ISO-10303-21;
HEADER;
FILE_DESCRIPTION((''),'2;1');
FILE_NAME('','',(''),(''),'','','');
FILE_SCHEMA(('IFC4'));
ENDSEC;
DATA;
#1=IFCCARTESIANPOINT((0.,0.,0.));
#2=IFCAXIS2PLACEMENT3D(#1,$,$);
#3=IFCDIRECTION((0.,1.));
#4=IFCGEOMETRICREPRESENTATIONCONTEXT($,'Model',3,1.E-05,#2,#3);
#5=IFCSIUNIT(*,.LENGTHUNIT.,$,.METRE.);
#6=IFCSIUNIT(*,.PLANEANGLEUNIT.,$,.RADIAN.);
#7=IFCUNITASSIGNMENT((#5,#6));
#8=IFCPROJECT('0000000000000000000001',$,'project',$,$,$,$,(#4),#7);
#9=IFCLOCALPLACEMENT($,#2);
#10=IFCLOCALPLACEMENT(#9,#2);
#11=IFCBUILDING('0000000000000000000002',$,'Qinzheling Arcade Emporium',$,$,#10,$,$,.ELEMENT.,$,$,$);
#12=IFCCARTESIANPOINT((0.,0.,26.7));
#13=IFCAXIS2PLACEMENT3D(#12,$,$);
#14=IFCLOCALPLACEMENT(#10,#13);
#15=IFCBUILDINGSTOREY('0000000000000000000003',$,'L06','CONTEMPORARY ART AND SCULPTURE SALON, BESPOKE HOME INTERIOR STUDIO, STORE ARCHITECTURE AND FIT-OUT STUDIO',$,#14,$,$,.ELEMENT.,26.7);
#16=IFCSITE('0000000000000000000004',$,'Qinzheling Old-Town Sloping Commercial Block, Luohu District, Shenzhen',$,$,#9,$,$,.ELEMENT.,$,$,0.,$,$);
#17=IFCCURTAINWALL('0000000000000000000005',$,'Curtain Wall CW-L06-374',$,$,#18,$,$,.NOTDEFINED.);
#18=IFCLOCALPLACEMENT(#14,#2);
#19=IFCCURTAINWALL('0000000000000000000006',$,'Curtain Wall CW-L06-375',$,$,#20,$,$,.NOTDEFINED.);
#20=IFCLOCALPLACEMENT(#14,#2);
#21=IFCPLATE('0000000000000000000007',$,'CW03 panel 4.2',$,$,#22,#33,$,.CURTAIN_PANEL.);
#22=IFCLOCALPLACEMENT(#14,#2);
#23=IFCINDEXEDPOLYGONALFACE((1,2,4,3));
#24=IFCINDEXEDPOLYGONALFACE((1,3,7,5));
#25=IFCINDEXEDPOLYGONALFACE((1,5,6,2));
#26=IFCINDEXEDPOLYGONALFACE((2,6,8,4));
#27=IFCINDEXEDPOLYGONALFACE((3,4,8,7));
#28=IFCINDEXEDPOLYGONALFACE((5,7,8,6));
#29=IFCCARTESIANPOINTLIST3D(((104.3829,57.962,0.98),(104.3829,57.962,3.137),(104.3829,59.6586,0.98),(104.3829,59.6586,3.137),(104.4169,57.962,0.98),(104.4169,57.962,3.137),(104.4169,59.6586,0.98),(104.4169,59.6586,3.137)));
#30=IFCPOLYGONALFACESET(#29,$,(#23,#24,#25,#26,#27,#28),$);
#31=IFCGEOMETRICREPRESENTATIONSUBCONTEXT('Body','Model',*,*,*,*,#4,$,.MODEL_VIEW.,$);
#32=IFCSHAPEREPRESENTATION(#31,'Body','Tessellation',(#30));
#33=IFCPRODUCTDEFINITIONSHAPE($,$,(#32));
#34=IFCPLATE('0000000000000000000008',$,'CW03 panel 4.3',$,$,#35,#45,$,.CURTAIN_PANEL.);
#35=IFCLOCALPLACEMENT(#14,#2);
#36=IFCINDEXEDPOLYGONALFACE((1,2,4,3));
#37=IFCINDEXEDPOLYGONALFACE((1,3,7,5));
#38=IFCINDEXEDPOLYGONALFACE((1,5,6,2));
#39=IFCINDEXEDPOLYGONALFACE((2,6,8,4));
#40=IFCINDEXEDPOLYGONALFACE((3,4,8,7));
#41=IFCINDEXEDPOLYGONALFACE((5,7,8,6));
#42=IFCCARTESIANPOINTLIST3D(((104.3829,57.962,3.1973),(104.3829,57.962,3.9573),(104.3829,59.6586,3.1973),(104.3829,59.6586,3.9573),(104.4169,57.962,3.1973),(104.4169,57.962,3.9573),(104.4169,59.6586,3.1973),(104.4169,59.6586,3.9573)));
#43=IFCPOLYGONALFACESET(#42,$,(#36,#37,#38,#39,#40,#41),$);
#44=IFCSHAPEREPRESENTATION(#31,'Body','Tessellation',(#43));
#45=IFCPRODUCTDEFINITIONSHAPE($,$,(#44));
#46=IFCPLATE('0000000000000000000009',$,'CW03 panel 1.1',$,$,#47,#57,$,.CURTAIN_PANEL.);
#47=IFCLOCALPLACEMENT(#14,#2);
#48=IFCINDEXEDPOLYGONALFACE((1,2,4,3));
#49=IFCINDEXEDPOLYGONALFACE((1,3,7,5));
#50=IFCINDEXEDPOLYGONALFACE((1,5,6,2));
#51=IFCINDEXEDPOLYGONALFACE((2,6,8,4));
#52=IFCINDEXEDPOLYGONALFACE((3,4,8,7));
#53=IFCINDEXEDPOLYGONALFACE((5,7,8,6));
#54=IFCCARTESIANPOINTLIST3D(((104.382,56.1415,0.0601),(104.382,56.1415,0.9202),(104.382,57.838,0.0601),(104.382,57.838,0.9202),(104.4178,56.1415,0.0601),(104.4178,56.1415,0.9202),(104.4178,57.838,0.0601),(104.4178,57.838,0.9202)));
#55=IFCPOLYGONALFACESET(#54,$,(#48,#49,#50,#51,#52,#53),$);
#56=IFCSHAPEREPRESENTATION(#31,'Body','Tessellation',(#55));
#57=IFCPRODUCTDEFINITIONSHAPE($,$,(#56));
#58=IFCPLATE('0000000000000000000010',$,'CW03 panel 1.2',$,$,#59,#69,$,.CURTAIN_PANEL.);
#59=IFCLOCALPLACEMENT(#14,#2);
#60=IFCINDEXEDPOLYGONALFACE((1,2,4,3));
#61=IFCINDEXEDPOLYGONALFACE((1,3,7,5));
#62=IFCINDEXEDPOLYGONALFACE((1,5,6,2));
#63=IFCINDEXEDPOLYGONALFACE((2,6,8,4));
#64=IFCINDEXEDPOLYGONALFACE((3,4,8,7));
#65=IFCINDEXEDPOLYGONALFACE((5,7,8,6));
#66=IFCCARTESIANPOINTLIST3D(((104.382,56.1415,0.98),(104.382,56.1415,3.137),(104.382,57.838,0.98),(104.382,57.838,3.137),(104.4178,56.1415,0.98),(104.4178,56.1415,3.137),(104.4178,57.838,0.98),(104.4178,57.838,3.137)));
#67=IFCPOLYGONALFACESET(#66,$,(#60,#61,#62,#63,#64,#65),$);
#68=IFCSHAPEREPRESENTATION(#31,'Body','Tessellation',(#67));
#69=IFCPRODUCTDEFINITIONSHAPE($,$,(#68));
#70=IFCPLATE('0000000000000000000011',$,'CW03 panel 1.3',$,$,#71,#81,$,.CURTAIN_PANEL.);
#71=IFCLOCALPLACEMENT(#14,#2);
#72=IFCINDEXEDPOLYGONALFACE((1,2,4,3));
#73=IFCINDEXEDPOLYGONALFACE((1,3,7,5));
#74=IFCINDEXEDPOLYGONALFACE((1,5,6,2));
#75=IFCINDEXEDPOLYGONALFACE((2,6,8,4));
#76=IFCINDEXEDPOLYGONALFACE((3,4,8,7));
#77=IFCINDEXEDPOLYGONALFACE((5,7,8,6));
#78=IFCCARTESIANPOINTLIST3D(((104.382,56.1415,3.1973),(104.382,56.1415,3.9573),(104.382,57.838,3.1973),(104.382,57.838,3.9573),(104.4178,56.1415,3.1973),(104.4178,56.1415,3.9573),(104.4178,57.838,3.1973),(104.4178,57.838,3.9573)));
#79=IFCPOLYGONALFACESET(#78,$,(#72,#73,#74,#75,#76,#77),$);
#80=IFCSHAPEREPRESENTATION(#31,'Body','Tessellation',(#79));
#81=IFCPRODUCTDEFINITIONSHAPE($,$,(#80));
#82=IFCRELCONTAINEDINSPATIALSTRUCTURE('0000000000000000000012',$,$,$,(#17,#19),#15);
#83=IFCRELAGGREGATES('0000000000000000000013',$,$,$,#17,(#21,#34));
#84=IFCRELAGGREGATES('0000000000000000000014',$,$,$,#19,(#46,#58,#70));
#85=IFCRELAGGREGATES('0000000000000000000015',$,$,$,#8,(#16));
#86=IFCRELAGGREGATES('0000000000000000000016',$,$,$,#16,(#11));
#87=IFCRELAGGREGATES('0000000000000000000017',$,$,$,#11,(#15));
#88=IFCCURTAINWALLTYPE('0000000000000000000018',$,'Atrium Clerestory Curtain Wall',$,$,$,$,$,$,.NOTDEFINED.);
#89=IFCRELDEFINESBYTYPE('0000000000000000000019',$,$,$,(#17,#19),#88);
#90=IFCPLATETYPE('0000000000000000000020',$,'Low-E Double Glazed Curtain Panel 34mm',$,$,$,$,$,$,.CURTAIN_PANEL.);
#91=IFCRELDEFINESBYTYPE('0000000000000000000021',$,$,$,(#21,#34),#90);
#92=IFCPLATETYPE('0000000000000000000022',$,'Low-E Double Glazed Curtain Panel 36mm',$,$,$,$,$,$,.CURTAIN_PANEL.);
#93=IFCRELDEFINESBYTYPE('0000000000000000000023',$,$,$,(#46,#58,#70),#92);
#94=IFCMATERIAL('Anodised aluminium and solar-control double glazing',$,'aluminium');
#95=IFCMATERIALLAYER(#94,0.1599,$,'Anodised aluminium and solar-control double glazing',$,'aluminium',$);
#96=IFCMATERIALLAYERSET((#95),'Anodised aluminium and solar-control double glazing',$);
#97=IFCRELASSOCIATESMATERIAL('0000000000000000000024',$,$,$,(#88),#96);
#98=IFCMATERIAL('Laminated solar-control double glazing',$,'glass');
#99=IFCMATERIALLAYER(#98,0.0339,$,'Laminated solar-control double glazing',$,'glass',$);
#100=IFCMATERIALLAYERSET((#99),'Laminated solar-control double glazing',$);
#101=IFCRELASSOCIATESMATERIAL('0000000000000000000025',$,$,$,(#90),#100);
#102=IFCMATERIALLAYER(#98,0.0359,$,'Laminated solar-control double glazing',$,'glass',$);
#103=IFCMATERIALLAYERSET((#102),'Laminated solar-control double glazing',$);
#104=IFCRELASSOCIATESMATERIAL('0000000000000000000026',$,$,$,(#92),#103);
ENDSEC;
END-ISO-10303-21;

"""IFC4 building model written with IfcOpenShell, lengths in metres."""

from ifc_helpers import new_model, si_unit, direction, frame, origin, origin_2d, place, context, subcontext, project, spatial, rectangle, extrude, material, layer, layer_set, type_object, element, aggregate, save


model = new_model("IFC4")

# Units and contexts
model_context = context("Model", 3, precision=1e-05, world=origin(), true_north=direction((0.0, 1.0)))
body_context = subcontext(model_context, "Body", "Model", "MODEL_VIEW")
ifc_project = project(units=[si_unit("LENGTHUNIT", "METRE"), si_unit("PLANEANGLEUNIT", "RADIAN")], contexts=[model_context])

# Site, building, storey
site_placement = place(None, origin())
site = spatial("IfcSite", under=ifc_project, at=site_placement, Name="Qinzheling Old-Town Sloping Commercial Block, Luohu District, Shenzhen", CompositionType="ELEMENT", RefElevation=0.0)
building_placement = place(site_placement, origin())
building = spatial("IfcBuilding", under=site, at=building_placement, Name="Qinzheling Arcade Emporium", CompositionType="ELEMENT")
storey_placement = place(building_placement, frame((0.0, 0.0, 26.7)))
storey = spatial("IfcBuildingStorey", under=building, at=storey_placement, Name="L06", Description="CONTEMPORARY ART AND SCULPTURE SALON, BESPOKE HOME INTERIOR STUDIO, STORE ARCHITECTURE AND FIT-OUT STUDIO", CompositionType="ELEMENT", Elevation=26.7)

# Curtain walls
ifc_material_1 = material(Name="Anodised aluminium and solar-control double glazing", Category="aluminium")
ifc_layer_1 = layer(ifc_material_1, 0.1599, Name="Anodised aluminium and solar-control double glazing", Category="aluminium")
ifc_layer_set_1 = layer_set([ifc_layer_1], Name="Anodised aluminium and solar-control double glazing")
curtain_wall_type = type_object("IfcCurtainWallType", Name="Atrium Clerestory Curtain Wall", PredefinedType="NOTDEFINED", material=ifc_layer_set_1)
curtain_wall_1_placement = place(storey_placement, origin())
curtain_wall_1 = element("IfcCurtainWall", 1, at=curtain_wall_1_placement, inside=storey, type_object=curtain_wall_type, Name="Curtain Wall CW-L06-374", PredefinedType="NOTDEFINED")
curtain_wall_2_placement = place(storey_placement, origin())
curtain_wall_2 = element("IfcCurtainWall", 2, at=curtain_wall_2_placement, inside=storey, type_object=curtain_wall_type, Name="Curtain Wall CW-L06-375", PredefinedType="NOTDEFINED")

# Plates
ifc_material_2 = material(Name="Laminated solar-control double glazing", Category="glass")
ifc_layer_2 = layer(ifc_material_2, 0.0339, Name="Laminated solar-control double glazing", Category="glass")
ifc_layer_set_2 = layer_set([ifc_layer_2], Name="Laminated solar-control double glazing")
plate_type_1 = type_object("IfcPlateType", Name="Low-E Double Glazed Curtain Panel 34mm", PredefinedType="CURTAIN_PANEL", material=ifc_layer_set_2)
plate_1_placement = place(storey_placement, frame((104.3999, 58.8103, 0.98), z_axis=(0.0, 0.0, 1.0), x_axis=(0.0, -1.0, 0.0)))
plate_1 = element("IfcPlate", 3, at=plate_1_placement, type_object=plate_type_1, Name="CW03 panel 4.2", PredefinedType="CURTAIN_PANEL", context=body_context, shape_type="SweptSolid", body=[
    extrude(rectangle(XDim=1.6965, YDim=0.0339, at=origin_2d()), origin(), (0.0, 0.0, 1.0), 2.157),
])
plate_2_placement = place(storey_placement, frame((104.3999, 58.8103, 3.1973), z_axis=(0.0, 0.0, 1.0), x_axis=(0.0, -1.0, 0.0)))
plate_2 = element("IfcPlate", 4, at=plate_2_placement, type_object=plate_type_1, Name="CW03 panel 4.3", PredefinedType="CURTAIN_PANEL", context=body_context, shape_type="SweptSolid", body=[
    extrude(rectangle(XDim=1.6965, YDim=0.0339, at=origin_2d()), origin(), (0.0, 0.0, 1.0), 0.76),
])
aggregate(curtain_wall_1, [plate_1, plate_2])
ifc_layer_3 = layer(ifc_material_2, 0.0359, Name="Laminated solar-control double glazing", Category="glass")
ifc_layer_set_3 = layer_set([ifc_layer_3], Name="Laminated solar-control double glazing")
plate_type_2 = type_object("IfcPlateType", Name="Low-E Double Glazed Curtain Panel 36mm", PredefinedType="CURTAIN_PANEL", material=ifc_layer_set_3)
plate_3_placement = place(storey_placement, frame((104.3999, 56.9897, 0.0601), z_axis=(0.0, 0.0, 1.0), x_axis=(0.0, -1.0, 0.0)))
plate_3 = element("IfcPlate", 5, at=plate_3_placement, type_object=plate_type_2, Name="CW03 panel 1.1", PredefinedType="CURTAIN_PANEL", context=body_context, shape_type="SweptSolid", body=[
    extrude(rectangle(XDim=1.6965, YDim=0.0359, at=origin_2d()), origin(), (0.0, 0.0, 1.0), 0.8601),
])
plate_4_placement = place(storey_placement, frame((104.3999, 56.9897, 0.98), z_axis=(0.0, 0.0, 1.0), x_axis=(0.0, -1.0, 0.0)))
plate_4 = element("IfcPlate", 6, at=plate_4_placement, type_object=plate_type_2, Name="CW03 panel 1.2", PredefinedType="CURTAIN_PANEL", context=body_context, shape_type="SweptSolid", body=[
    extrude(rectangle(XDim=1.6965, YDim=0.0359, at=origin_2d()), origin(), (0.0, 0.0, 1.0), 2.157),
])
plate_5_placement = place(storey_placement, frame((104.3999, 56.9897, 3.1973), z_axis=(0.0, 0.0, 1.0), x_axis=(0.0, -1.0, 0.0)))
plate_5 = element("IfcPlate", 7, at=plate_5_placement, type_object=plate_type_2, Name="CW03 panel 1.3", PredefinedType="CURTAIN_PANEL", context=body_context, shape_type="SweptSolid", body=[
    extrude(rectangle(XDim=1.6965, YDim=0.0359, at=origin_2d()), origin(), (0.0, 0.0, 1.0), 0.76),
])
aggregate(curtain_wall_2, [plate_3, plate_4, plate_5])

save(model, "model.ifc")
